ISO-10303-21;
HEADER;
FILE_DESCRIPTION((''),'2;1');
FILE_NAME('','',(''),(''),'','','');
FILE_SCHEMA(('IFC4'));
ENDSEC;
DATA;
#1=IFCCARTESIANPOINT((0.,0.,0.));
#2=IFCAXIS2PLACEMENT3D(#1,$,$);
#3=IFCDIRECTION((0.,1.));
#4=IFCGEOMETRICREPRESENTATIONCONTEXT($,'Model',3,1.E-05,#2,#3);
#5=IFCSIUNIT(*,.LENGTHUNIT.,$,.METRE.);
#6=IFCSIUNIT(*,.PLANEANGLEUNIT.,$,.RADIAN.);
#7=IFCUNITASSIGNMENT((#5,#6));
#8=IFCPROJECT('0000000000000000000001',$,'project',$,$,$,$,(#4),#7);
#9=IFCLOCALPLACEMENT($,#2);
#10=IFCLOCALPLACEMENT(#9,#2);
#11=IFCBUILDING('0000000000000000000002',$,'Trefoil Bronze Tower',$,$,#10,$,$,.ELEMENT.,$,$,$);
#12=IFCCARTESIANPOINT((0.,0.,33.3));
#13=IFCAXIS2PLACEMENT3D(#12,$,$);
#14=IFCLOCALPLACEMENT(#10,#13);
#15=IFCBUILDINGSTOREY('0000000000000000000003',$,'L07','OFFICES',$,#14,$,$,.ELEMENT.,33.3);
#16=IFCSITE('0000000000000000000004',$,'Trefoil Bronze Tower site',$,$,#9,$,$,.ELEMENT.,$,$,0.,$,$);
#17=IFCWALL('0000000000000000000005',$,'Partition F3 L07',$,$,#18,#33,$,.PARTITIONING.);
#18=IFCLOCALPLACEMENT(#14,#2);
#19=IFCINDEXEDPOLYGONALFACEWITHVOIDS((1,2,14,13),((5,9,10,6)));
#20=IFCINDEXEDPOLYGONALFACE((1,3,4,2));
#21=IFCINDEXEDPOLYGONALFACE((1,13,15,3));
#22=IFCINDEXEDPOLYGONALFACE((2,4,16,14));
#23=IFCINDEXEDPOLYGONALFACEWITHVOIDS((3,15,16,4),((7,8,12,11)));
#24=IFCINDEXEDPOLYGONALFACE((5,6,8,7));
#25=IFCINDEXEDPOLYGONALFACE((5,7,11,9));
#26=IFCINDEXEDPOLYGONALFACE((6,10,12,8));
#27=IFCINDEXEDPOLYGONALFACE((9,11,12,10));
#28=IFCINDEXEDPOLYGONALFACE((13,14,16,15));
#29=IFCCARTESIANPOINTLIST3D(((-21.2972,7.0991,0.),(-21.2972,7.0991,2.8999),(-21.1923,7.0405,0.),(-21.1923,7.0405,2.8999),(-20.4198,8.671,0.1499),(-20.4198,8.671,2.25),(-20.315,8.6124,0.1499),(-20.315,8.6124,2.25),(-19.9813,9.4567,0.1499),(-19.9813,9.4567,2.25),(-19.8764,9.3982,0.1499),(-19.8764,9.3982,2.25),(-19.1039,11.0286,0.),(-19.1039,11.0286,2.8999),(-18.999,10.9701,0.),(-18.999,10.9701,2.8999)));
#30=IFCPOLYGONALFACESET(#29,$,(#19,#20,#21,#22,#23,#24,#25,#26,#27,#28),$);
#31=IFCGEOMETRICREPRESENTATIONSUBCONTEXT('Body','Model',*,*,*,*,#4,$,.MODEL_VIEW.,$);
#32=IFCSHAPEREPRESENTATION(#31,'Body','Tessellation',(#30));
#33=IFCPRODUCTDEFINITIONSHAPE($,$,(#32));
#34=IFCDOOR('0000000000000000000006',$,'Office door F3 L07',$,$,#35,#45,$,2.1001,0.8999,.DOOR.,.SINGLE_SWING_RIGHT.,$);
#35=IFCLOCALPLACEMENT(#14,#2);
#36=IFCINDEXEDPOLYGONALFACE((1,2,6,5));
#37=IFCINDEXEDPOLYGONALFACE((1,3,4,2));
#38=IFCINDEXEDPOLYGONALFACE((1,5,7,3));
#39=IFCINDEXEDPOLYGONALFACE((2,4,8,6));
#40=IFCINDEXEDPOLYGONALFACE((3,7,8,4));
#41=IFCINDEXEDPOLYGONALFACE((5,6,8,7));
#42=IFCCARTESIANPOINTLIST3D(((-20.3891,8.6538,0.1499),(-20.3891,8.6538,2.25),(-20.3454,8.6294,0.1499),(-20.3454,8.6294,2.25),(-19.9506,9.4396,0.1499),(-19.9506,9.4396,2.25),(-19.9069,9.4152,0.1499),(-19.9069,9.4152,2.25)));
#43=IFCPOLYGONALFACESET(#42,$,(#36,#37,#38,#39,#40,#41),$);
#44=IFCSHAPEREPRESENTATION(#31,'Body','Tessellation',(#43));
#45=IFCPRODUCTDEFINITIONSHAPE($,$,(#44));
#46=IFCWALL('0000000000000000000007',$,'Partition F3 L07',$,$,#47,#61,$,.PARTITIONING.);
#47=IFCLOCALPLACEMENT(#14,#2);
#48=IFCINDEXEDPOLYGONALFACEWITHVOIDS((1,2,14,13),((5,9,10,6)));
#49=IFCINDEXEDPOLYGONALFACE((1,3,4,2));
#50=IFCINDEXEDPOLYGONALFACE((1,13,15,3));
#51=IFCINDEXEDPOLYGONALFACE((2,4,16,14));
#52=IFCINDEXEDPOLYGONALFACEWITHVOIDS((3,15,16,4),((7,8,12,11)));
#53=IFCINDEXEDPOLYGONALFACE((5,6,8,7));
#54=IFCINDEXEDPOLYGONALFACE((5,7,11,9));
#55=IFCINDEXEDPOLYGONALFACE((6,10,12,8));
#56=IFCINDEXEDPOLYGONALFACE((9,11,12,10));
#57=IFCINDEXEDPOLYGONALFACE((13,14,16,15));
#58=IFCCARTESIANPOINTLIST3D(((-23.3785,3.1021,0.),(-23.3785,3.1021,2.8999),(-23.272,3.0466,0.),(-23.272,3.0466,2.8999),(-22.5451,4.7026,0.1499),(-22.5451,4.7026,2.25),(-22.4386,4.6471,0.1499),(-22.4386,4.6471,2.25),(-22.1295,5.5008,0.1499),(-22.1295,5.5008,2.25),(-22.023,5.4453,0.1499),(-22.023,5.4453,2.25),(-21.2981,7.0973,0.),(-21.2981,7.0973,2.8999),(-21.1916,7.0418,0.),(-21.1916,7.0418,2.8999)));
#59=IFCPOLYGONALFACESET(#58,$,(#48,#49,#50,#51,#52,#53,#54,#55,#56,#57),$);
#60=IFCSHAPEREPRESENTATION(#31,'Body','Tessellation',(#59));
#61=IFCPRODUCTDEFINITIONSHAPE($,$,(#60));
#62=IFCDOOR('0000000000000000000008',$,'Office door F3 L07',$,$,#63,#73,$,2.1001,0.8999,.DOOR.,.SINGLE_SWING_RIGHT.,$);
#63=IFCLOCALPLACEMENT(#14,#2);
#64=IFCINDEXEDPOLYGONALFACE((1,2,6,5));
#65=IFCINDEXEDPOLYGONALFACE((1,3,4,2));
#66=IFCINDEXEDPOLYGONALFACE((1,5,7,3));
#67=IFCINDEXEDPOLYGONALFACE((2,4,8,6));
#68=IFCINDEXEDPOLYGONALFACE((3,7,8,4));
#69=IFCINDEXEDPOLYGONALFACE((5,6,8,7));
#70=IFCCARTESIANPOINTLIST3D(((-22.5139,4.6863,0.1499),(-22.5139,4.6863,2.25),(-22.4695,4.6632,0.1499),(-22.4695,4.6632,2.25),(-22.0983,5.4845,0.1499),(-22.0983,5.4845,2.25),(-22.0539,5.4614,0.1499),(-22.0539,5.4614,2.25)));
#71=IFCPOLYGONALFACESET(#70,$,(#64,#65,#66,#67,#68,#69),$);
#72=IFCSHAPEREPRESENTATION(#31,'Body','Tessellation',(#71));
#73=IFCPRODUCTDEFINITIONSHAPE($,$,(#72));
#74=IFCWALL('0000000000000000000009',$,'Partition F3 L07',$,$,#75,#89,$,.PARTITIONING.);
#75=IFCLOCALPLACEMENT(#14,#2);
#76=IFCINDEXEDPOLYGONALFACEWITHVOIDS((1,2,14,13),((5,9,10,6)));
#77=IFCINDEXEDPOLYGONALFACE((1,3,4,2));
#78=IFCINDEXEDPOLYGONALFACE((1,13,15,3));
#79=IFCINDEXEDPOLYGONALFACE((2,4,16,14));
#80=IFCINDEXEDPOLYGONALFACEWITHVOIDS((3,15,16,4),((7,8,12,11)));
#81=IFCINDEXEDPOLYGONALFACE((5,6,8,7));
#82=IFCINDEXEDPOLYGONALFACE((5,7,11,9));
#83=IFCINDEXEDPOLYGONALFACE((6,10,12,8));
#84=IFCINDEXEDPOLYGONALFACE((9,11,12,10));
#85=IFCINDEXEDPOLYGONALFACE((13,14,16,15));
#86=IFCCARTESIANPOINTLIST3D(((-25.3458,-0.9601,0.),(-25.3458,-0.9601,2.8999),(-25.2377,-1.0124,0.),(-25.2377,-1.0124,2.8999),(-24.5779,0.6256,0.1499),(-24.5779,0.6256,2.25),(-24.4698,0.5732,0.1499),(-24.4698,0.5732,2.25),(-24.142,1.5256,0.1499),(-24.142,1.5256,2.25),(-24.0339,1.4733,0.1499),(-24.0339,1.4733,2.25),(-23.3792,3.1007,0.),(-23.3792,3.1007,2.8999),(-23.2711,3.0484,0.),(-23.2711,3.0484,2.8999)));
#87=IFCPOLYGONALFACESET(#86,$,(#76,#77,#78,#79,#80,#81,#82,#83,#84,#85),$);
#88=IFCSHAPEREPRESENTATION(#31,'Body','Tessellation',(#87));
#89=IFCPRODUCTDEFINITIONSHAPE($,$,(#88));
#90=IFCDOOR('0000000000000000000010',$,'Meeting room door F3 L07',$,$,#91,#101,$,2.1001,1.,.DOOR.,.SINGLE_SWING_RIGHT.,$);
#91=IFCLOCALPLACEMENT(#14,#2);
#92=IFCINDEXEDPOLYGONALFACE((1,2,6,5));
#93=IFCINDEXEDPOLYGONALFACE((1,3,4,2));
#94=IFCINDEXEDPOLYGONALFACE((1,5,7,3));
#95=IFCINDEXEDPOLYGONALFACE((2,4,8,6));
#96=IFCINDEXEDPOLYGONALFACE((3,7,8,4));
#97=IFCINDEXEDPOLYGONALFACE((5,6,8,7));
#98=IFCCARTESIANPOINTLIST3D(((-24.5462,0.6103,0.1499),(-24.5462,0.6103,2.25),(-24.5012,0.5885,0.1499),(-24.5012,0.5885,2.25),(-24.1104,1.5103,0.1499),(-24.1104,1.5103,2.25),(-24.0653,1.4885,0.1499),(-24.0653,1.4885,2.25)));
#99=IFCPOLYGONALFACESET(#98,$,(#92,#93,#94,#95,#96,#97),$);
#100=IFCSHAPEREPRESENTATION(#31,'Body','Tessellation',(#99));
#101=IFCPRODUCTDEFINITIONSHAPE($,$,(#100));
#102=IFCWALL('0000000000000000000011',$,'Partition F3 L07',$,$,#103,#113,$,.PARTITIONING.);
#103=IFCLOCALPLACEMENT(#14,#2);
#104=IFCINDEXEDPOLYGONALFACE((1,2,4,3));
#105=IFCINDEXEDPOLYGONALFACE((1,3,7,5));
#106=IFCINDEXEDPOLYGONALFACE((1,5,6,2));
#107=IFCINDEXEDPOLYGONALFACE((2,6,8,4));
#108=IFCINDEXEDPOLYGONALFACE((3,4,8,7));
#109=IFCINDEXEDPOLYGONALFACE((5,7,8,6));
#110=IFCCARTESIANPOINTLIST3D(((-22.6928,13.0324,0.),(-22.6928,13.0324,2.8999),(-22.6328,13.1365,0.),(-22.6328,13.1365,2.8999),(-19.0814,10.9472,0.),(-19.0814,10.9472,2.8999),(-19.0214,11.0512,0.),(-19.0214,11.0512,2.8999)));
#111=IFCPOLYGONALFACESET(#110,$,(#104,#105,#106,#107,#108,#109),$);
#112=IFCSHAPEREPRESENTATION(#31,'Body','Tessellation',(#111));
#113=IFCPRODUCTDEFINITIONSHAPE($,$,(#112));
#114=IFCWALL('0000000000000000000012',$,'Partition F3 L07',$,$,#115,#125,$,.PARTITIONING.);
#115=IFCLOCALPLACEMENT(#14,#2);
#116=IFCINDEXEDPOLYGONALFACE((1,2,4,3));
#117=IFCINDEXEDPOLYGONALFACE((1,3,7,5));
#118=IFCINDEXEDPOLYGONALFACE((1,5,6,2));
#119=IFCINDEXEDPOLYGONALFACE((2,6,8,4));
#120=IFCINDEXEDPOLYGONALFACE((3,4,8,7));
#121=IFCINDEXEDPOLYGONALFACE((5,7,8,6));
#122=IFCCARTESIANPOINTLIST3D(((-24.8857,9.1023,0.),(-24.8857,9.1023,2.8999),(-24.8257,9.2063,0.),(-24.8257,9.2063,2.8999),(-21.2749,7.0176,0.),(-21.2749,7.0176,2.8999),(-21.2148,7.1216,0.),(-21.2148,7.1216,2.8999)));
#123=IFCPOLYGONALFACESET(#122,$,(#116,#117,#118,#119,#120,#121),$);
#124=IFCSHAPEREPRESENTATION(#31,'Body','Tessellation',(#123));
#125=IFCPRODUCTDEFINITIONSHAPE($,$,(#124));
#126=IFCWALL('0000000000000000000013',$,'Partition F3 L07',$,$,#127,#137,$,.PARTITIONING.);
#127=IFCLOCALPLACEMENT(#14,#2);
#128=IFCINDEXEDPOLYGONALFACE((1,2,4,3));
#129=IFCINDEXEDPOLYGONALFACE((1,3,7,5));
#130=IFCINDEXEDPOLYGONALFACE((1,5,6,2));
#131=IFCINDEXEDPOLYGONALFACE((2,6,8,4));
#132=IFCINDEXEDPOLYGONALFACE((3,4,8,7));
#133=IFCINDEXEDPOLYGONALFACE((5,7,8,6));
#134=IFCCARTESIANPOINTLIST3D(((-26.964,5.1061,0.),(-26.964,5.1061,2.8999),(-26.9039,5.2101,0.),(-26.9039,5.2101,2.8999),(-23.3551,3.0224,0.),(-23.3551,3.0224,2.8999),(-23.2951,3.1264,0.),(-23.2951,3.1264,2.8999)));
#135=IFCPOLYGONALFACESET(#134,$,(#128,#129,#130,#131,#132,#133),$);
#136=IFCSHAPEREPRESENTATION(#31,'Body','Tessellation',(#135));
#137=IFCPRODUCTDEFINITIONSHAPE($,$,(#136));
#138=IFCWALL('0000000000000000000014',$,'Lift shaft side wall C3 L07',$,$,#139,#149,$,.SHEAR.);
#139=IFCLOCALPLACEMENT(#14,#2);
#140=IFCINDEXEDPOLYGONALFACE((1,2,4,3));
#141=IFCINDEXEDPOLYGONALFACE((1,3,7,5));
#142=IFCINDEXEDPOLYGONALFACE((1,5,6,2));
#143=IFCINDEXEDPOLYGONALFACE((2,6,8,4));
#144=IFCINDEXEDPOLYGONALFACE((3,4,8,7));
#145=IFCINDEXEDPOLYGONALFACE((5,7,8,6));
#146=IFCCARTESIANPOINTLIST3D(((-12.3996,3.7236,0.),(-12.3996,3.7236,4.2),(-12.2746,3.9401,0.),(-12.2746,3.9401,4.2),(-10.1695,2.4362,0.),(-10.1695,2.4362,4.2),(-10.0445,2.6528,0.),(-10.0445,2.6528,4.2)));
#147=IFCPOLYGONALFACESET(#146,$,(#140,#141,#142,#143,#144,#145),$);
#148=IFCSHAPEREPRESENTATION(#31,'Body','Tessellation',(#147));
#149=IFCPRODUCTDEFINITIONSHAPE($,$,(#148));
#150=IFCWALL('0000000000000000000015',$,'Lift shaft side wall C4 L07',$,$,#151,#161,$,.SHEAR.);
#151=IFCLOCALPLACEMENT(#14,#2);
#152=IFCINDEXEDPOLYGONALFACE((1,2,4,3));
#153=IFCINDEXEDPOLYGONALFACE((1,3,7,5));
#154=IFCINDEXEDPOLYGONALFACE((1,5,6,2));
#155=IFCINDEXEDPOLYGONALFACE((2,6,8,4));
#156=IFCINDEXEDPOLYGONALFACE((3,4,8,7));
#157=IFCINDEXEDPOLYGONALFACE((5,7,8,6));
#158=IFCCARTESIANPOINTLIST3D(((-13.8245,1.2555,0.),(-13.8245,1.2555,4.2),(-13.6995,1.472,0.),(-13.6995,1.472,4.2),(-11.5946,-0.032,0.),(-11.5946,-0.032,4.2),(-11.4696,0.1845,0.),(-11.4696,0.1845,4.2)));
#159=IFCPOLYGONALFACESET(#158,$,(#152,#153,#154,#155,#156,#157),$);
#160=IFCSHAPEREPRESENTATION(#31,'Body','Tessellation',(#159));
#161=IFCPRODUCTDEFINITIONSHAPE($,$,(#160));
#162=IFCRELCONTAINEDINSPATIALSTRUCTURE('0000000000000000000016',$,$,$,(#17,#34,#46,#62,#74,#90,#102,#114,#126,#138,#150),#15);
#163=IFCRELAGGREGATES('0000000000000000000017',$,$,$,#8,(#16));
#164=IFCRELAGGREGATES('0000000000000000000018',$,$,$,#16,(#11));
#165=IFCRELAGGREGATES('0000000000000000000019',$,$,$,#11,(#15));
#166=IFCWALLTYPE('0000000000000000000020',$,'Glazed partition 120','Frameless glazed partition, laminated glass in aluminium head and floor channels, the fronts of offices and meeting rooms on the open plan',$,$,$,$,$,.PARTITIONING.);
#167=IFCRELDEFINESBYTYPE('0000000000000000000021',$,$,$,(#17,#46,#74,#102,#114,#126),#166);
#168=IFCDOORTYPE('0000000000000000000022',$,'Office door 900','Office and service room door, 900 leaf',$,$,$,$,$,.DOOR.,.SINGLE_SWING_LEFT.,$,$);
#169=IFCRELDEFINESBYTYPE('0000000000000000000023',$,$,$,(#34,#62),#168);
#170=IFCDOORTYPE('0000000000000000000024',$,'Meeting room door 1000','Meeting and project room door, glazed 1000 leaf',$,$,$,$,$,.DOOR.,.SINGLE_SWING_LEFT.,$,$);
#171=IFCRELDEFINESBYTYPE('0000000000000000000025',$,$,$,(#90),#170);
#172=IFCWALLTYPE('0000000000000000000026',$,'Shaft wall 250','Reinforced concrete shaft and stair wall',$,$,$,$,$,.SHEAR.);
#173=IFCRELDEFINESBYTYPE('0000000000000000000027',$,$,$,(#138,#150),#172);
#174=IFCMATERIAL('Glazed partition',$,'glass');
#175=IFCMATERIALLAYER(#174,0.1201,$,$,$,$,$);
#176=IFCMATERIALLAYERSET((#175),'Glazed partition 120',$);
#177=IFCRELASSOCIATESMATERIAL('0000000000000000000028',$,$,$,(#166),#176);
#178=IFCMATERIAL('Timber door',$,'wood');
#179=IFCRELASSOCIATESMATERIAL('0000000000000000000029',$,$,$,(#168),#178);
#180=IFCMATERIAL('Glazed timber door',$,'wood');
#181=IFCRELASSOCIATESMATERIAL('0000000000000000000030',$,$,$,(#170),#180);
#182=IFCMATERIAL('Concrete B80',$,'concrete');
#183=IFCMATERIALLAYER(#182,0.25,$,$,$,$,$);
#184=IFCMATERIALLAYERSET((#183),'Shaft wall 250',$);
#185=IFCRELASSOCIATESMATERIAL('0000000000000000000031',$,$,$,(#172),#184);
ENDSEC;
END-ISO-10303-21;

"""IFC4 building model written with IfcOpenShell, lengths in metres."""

from ifc_helpers import new_model, si_unit, direction, frame, frame_2d, origin, place, context, subcontext, project, spatial, rectangle, extrude, material, layer, layer_set, type_object, element, fill, save


model = new_model("IFC4")

# Units and contexts
model_context = context("Model", 3, precision=1e-05, world=origin(), true_north=direction((0.0, 1.0)))
body_context = subcontext(model_context, "Body", "Model", "MODEL_VIEW")
ifc_project = project(units=[si_unit("LENGTHUNIT", "METRE"), si_unit("PLANEANGLEUNIT", "RADIAN")], contexts=[model_context])

# Site, building, storey
site_placement = place(None, origin())
site = spatial("IfcSite", under=ifc_project, at=site_placement, Name="Trefoil Bronze Tower site", CompositionType="ELEMENT", RefElevation=0.0)
building_placement = place(site_placement, origin())
building = spatial("IfcBuilding", under=site, at=building_placement, Name="Trefoil Bronze Tower", CompositionType="ELEMENT")
storey_placement = place(building_placement, frame((0.0, 0.0, 33.3)))
storey = spatial("IfcBuildingStorey", under=building, at=storey_placement, Name="L07", Description="OFFICES", CompositionType="ELEMENT", Elevation=33.3)

# Shared definitions
ifc_material_1 = material(Name="Glazed partition", Category="glass")
ifc_layer_1 = layer(ifc_material_1, 0.1201)
ifc_layer_set_1 = layer_set([ifc_layer_1], Name="Glazed partition 120")
wall_type_1 = type_object("IfcWallType", Name="Glazed partition 120", Description="Frameless glazed partition, laminated glass in aluminium head and floor channels, the fronts of offices and meeting rooms on the open plan", PredefinedType="PARTITIONING", material=ifc_layer_set_1)
ifc_material_2 = material(Name="Timber door", Category="wood")
door_type_1 = type_object("IfcDoorType", Name="Office door 900", Description="Office and service room door, 900 leaf", OperationType="SINGLE_SWING_LEFT", PredefinedType="DOOR", material=ifc_material_2)

# Walls, openings, doors
wall_1_placement = place(storey_placement, frame((-19.0515, 10.9993, 0.0), z_axis=(0.0, 0.0, 1.0), x_axis=(-0.487374, -0.873193, 0.0)))
wall_1 = element("IfcWall", 1, at=wall_1_placement, inside=storey, type_object=wall_type_1, Name="Partition F3 L07", PredefinedType="PARTITIONING", context=body_context, shape_type="SweptSolid", body=[
    extrude(rectangle(XDim=4.5002, YDim=0.1201, at=frame_2d((2.25, 0.0))), origin(), (0.0, 0.0, 1.0), 2.8999),
])
opening_1_placement = place(wall_1_placement, frame((1.8, 0.0, 0.1499)))
opening_1 = element("IfcOpeningElement", 2, at=opening_1_placement, cuts=wall_1, PredefinedType="OPENING", context=body_context, shape_type="SweptSolid", body=[
    extrude(rectangle(XDim=0.8999, YDim=2.1001, at=frame_2d((0.45, 1.05))), frame((0.0, 0.0701, 0.0), z_axis=(0.0, -1.0, 0.0), x_axis=(1.0, 0.0, 0.0)), (0.0, 0.0, 1.0), 0.1401),
])
door_1_placement = place(opening_1_placement, frame((0.8999, 0.0, 0.0), z_axis=(0.0, 0.0, 1.0), x_axis=(-1.0, 0.0, 0.0)))
door_1 = element("IfcDoor", 3, at=door_1_placement, inside=storey, type_object=door_type_1, Name="Office door F3 L07", OperationType="SINGLE_SWING_RIGHT", OverallHeight=2.1001, OverallWidth=0.8999, PredefinedType="DOOR", context=body_context, shape_type="SweptSolid", body=[
    extrude(rectangle(XDim=0.8999, YDim=2.1001, at=frame_2d((0.45, 1.05))), frame((0.0, 0.0249, 0.0), z_axis=(0.0, -1.0, 0.0), x_axis=(1.0, 0.0, 0.0)), (0.0, 0.0, 1.0), 0.05),
])
fill(opening_1, door_1)
wall_2_placement = place(storey_placement, frame((-21.2449, 7.0696, 0.0), z_axis=(0.0, 0.0, 1.0), x_axis=(-0.461853, -0.886957, 0.0)))
wall_2 = element("IfcWall", 4, at=wall_2_placement, inside=storey, type_object=wall_type_1, Name="Partition F3 L07", PredefinedType="PARTITIONING", context=body_context, shape_type="SweptSolid", body=[
    extrude(rectangle(XDim=4.5044, YDim=0.1201, at=frame_2d((2.2522, 0.0))), origin(), (0.0, 0.0, 1.0), 2.8999),
])
opening_2_placement = place(wall_2_placement, frame((1.8, 0.0, 0.1499)))
opening_2 = element("IfcOpeningElement", 5, at=opening_2_placement, cuts=wall_2, PredefinedType="OPENING", context=body_context, shape_type="SweptSolid", body=[
    extrude(rectangle(XDim=0.8999, YDim=2.1001, at=frame_2d((0.45, 1.05))), frame((0.0, 0.0701, 0.0), z_axis=(0.0, -1.0, 0.0), x_axis=(1.0, 0.0, 0.0)), (0.0, 0.0, 1.0), 0.1401),
])
door_2_placement = place(opening_2_placement, frame((0.8999, 0.0, 0.0), z_axis=(0.0, 0.0, 1.0), x_axis=(-1.0, 0.0, 0.0)))
door_2 = element("IfcDoor", 6, at=door_2_placement, inside=storey, type_object=door_type_1, Name="Office door F3 L07", OperationType="SINGLE_SWING_RIGHT", OverallHeight=2.1001, OverallWidth=0.8999, PredefinedType="DOOR", context=body_context, shape_type="SweptSolid", body=[
    extrude(rectangle(XDim=0.8999, YDim=2.1001, at=frame_2d((0.45, 1.05))), frame((0.0, 0.0249, 0.0), z_axis=(0.0, -1.0, 0.0), x_axis=(1.0, 0.0, 0.0)), (0.0, 0.0, 1.0), 0.05),
])
fill(opening_2, door_2)
wall_3_placement = place(storey_placement, frame((-23.3252, 3.0745, 0.0), z_axis=(0.0, 0.0, 1.0), x_axis=(-0.435858, -0.900015, 0.0)))
wall_3 = element("IfcWall", 7, at=wall_3_placement, inside=storey, type_object=wall_type_1, Name="Partition F3 L07", PredefinedType="PARTITIONING", context=body_context, shape_type="SweptSolid", body=[
    extrude(rectangle(XDim=4.512, YDim=0.1201, at=frame_2d((2.2559, 0.0))), origin(), (0.0, 0.0, 1.0), 2.8999),
])
opening_3_placement = place(wall_3_placement, frame((1.75, 0.0, 0.1499)))
opening_3 = element("IfcOpeningElement", 8, at=opening_3_placement, cuts=wall_3, PredefinedType="OPENING", context=body_context, shape_type="SweptSolid", body=[
    extrude(rectangle(XDim=1.0, YDim=2.1001, at=frame_2d((0.5, 1.05))), frame((0.0, 0.0701, 0.0), z_axis=(0.0, -1.0, 0.0), x_axis=(1.0, 0.0, 0.0)), (0.0, 0.0, 1.0), 0.1401),
])
ifc_material_3 = material(Name="Glazed timber door", Category="wood")
door_type_2 = type_object("IfcDoorType", Name="Meeting room door 1000", Description="Meeting and project room door, glazed 1000 leaf", OperationType="SINGLE_SWING_LEFT", PredefinedType="DOOR", material=ifc_material_3)
door_3_placement = place(opening_3_placement, frame((1.0, 0.0, 0.0), z_axis=(0.0, 0.0, 1.0), x_axis=(-1.0, 0.0, 0.0)))
door_3 = element("IfcDoor", 9, at=door_3_placement, inside=storey, type_object=door_type_2, Name="Meeting room door F3 L07", OperationType="SINGLE_SWING_RIGHT", OverallHeight=2.1001, OverallWidth=1.0, PredefinedType="DOOR", context=body_context, shape_type="SweptSolid", body=[
    extrude(rectangle(XDim=1.0, YDim=2.1001, at=frame_2d((0.5, 1.05))), frame((0.0, 0.0249, 0.0), z_axis=(0.0, -1.0, 0.0), x_axis=(1.0, 0.0, 0.0)), (0.0, 0.0, 1.0), 0.05),
])
fill(opening_3, door_3)

# Walls
wall_4_placement = place(storey_placement, frame((-19.0515, 10.9993, 0.0), z_axis=(0.0, 0.0, 1.0), x_axis=(-0.866004, 0.500037, 0.0)))
element("IfcWall", 10, at=wall_4_placement, inside=storey, type_object=wall_type_1, Name="Partition F3 L07", PredefinedType="PARTITIONING", context=body_context, shape_type="SweptSolid", body=[
    extrude(rectangle(XDim=4.1702, YDim=0.1201, at=frame_2d((2.085, 0.0))), origin(), (0.0, 0.0, 1.0), 2.8999),
])
wall_5_placement = place(storey_placement, frame((-21.2449, 7.0696, 0.0), z_axis=(0.0, 0.0, 1.0), x_axis=(-0.866026, 0.5, 0.0)))
element("IfcWall", 11, at=wall_5_placement, inside=storey, type_object=wall_type_1, Name="Partition F3 L07", PredefinedType="PARTITIONING", context=body_context, shape_type="SweptSolid", body=[
    extrude(rectangle(XDim=4.1694, YDim=0.1201, at=frame_2d((2.0847, 0.0))), origin(), (0.0, 0.0, 1.0), 2.8999),
])
wall_6_placement = place(storey_placement, frame((-23.3252, 3.0745, 0.0), z_axis=(0.0, 0.0, 1.0), x_axis=(-0.86601, 0.500027, 0.0)))
element("IfcWall", 12, at=wall_6_placement, inside=storey, type_object=wall_type_1, Name="Partition F3 L07", PredefinedType="PARTITIONING", context=body_context, shape_type="SweptSolid", body=[
    extrude(rectangle(XDim=4.1672, YDim=0.1201, at=frame_2d((2.0835, 0.0))), origin(), (0.0, 0.0, 1.0), 2.8999),
])
ifc_material_4 = material(Name="Concrete B80", Category="concrete")
ifc_layer_2 = layer(ifc_material_4, 0.25)
ifc_layer_set_2 = layer_set([ifc_layer_2], Name="Shaft wall 250")
wall_type_2 = type_object("IfcWallType", Name="Shaft wall 250", Description="Reinforced concrete shaft and stair wall", PredefinedType="SHEAR", material=ifc_layer_set_2)
for number, where, z_axis, x_axis, name in (
    (13, (-10.1069, 2.5444, 0.0), (0.0, 0.0, 1.0), (-0.866047, 0.499963, 0.0), "Lift shaft side wall C3 L07"),
    (14, (-11.532, 0.0762, 0.0), (0.0, 0.0, 1.0), (-0.866006, 0.500034, 0.0), "Lift shaft side wall C4 L07"),
):
    element("IfcWall", number, at=place(storey_placement, frame(where, z_axis=z_axis, x_axis=x_axis)), inside=storey, type_object=wall_type_2, Name=name, PredefinedType="SHEAR", context=body_context, shape_type="SweptSolid", body=[
        extrude(rectangle(XDim=2.575, YDim=0.25, at=frame_2d((1.2876, 0.0))), origin(), (0.0, 0.0, 1.0), 4.2),
    ])

save(model, "model.ifc")
